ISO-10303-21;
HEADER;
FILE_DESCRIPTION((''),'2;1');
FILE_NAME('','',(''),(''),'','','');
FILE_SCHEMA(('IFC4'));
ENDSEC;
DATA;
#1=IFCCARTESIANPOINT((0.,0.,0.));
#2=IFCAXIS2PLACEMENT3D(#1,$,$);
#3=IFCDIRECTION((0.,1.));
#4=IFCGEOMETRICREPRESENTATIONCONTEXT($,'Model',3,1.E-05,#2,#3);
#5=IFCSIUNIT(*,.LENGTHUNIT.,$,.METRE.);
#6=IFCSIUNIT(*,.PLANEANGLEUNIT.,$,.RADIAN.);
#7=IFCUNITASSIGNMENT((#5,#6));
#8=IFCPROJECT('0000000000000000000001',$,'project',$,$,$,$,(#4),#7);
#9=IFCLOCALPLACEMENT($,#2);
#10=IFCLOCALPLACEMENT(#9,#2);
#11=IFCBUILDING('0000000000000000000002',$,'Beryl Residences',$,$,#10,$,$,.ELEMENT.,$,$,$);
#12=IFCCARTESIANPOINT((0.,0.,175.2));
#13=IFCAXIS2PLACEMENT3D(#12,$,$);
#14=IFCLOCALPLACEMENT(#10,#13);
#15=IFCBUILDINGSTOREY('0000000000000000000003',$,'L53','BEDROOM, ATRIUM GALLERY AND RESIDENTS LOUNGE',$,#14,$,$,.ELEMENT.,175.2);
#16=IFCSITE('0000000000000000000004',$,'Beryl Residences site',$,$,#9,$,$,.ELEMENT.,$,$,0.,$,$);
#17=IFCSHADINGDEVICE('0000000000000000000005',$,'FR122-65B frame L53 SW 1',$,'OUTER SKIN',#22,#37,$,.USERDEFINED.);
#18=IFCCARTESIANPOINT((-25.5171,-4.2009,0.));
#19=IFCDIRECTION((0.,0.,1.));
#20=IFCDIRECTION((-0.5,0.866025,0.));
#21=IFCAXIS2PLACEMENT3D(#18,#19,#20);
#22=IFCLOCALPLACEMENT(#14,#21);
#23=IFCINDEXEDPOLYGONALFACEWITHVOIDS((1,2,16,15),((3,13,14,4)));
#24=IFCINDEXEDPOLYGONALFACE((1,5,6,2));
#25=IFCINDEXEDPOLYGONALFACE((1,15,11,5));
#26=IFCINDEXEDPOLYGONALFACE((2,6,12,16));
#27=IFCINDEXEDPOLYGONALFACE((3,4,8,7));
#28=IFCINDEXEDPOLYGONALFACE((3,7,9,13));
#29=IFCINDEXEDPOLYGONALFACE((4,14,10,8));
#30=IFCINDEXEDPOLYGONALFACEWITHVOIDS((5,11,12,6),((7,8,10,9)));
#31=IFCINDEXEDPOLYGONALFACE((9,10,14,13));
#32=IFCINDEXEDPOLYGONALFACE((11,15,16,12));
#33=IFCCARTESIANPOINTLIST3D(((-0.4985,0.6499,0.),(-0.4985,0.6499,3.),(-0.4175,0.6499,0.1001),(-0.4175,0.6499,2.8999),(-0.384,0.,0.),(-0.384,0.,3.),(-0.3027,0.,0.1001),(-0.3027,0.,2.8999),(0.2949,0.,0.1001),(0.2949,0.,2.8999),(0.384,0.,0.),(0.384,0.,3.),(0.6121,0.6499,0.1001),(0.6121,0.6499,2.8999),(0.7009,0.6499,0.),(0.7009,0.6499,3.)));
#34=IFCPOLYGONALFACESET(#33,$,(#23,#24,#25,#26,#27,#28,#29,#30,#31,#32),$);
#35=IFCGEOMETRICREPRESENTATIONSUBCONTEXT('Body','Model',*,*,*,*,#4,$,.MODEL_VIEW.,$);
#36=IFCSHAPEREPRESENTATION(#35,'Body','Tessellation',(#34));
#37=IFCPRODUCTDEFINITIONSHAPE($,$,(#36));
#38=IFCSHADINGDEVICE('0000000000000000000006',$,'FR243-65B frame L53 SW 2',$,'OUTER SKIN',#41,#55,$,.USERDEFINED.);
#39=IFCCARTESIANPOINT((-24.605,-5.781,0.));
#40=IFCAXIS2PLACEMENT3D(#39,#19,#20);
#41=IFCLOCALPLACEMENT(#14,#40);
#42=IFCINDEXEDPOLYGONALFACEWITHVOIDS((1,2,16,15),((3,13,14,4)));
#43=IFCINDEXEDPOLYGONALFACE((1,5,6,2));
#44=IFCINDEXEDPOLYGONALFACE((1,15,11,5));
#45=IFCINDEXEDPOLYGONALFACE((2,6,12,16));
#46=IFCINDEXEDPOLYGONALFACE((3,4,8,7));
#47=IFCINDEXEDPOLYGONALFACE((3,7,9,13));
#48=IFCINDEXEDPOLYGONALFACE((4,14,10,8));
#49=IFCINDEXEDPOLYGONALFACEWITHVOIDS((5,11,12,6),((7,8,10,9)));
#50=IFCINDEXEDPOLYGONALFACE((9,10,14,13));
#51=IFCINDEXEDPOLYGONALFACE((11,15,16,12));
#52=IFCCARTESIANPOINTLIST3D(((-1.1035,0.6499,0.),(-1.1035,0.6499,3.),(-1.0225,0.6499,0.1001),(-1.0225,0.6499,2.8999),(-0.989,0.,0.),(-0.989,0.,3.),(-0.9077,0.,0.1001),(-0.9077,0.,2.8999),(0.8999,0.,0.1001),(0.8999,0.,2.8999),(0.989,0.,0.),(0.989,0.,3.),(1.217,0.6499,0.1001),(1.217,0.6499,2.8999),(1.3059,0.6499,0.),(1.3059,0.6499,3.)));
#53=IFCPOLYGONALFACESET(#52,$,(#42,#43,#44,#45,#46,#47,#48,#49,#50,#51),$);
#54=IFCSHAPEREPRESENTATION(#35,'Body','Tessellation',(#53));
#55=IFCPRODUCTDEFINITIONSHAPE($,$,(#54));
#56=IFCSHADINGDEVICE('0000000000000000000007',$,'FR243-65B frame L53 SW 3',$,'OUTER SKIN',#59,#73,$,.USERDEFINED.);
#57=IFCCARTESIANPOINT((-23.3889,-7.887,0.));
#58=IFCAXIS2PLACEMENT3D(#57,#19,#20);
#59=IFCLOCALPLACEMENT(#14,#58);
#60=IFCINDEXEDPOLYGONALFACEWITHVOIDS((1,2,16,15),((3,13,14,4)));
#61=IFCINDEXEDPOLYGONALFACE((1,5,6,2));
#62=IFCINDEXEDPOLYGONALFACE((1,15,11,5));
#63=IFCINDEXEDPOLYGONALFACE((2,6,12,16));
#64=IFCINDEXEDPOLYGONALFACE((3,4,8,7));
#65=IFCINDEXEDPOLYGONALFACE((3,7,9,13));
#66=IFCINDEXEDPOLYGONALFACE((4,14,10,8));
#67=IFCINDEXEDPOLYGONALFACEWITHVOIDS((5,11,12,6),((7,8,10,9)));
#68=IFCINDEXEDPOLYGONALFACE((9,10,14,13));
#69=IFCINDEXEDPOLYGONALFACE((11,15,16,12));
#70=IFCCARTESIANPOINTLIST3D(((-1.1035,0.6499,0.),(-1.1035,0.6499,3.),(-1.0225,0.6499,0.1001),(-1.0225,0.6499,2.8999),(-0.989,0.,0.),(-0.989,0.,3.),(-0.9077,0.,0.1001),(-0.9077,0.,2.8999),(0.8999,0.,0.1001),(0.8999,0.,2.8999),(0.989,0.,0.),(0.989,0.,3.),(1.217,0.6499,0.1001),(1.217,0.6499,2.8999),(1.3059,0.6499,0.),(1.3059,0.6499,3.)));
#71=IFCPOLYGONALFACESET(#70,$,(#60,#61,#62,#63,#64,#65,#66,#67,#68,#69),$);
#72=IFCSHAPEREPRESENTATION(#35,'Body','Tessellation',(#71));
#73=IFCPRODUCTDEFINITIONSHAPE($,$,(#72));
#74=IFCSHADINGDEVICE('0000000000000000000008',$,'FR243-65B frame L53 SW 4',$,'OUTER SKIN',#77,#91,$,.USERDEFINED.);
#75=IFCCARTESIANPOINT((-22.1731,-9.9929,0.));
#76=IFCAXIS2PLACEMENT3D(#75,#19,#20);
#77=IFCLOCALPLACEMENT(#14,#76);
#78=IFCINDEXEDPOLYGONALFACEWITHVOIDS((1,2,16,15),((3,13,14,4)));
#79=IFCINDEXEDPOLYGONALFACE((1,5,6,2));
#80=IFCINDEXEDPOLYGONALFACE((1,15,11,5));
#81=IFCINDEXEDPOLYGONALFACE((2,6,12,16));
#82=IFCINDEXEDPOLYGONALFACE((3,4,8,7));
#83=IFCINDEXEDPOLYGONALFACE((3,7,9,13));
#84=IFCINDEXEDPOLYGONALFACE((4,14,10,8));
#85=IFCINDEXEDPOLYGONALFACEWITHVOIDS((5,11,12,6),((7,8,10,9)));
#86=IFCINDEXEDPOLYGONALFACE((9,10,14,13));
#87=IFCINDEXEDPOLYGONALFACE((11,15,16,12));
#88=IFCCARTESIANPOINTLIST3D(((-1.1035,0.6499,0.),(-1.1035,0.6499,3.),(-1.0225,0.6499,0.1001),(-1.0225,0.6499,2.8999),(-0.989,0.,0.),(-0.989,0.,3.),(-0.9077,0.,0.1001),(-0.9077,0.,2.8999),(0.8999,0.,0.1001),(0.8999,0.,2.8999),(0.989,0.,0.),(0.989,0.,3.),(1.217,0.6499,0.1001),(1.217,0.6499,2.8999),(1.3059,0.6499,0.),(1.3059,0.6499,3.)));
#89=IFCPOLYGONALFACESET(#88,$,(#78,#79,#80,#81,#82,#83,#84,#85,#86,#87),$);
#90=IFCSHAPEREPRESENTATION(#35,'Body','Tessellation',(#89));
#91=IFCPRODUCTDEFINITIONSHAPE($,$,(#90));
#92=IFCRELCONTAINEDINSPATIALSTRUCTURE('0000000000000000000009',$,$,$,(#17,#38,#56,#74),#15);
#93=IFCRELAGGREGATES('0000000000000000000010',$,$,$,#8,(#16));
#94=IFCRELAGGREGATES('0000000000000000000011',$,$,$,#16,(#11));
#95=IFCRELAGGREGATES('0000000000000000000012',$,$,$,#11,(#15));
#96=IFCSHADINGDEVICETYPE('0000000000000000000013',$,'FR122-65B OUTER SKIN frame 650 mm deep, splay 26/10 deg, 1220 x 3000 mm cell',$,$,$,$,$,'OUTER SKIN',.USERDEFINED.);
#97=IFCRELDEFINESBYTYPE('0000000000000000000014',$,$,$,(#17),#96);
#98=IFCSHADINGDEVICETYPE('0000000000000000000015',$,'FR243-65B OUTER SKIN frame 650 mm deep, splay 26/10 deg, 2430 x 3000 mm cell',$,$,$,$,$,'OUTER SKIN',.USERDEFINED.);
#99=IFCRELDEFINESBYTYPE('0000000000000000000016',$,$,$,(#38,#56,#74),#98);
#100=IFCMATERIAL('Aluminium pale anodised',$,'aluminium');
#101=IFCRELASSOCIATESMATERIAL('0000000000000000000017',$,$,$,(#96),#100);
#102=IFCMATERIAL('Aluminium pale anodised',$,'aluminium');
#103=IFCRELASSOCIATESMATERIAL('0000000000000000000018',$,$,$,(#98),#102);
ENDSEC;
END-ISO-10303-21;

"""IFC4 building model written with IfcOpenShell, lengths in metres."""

from ifc_helpers import new_model, entity, si_unit, direction, frame, origin, place, context, subcontext, project, spatial, source, transform, mapped, material, type_object, type_shapes, element, save


model = new_model("IFC4")

# Units and contexts
model_context = context("Model", 3, precision=1e-05, world=origin(), true_north=direction((0.0, 1.0)))
body_context = subcontext(model_context, "Body", "Model", "MODEL_VIEW")
ifc_project = project(units=[si_unit("LENGTHUNIT", "METRE"), si_unit("PLANEANGLEUNIT", "RADIAN")], contexts=[model_context])

# Site, building, storey
site_placement = place(None, origin())
site = spatial("IfcSite", under=ifc_project, at=site_placement, Name="Beryl Residences site", CompositionType="ELEMENT", RefElevation=0.0)
building_placement = place(site_placement, origin())
building = spatial("IfcBuilding", under=site, at=building_placement, Name="Beryl Residences", CompositionType="ELEMENT")
storey_placement = place(building_placement, frame((0.0, 0.0, 175.2)))
storey = spatial("IfcBuildingStorey", under=building, at=storey_placement, Name="L53", Description="BEDROOM, ATRIUM GALLERY AND RESIDENTS LOUNGE", CompositionType="ELEMENT", Elevation=175.2)

# Shading devices
ifc_material_1 = material(Name="Aluminium pale anodised", Category="aluminium")
shading_device_type_1 = type_object("IfcShadingDeviceType", Name="FR122-65B OUTER SKIN frame 650 mm deep, splay 26/10 deg, 1220 x 3000 mm cell", ElementType="OUTER SKIN", PredefinedType="USERDEFINED", material=ifc_material_1)
cartesian_point_1 = entity("IfcCartesianPoint", [-0.384, 0.0])
cartesian_point_2 = entity("IfcCartesianPoint", [-0.2949, 0.1001])
cartesian_point_3 = entity("IfcCartesianPoint", [-0.7009, 0.0])
cartesian_point_4 = entity("IfcCartesianPoint", [-0.6121, 0.1001])
shared_shape_1 = source(origin(), body_context, "Body", "SweptSolid", [
    entity("IfcExtrudedAreaSolidTapered", entity("IfcArbitraryProfileDefWithVoids", "AREA", None, entity("IfcPolyline", [cartesian_point_1, entity("IfcCartesianPoint", [0.384, 0.0]), entity("IfcCartesianPoint", [0.384, 3.0]), entity("IfcCartesianPoint", [-0.384, 3.0]), cartesian_point_1]), [entity("IfcPolyline", [cartesian_point_2, entity("IfcCartesianPoint", [0.3027, 0.1001]), entity("IfcCartesianPoint", [0.3027, 2.8999]), entity("IfcCartesianPoint", [-0.2949, 2.8999]), cartesian_point_2])]), entity("IfcAxis2Placement3D", entity("IfcCartesianPoint", [0.0, 0.0, 0.0]), entity("IfcDirection", [0.0, 1.0, 0.0]), entity("IfcDirection", [-1.0, 0.0, 0.0])), entity("IfcDirection", [0.0, 0.0, 1.0]), 0.6499, entity("IfcArbitraryProfileDefWithVoids", "AREA", None, entity("IfcPolyline", [cartesian_point_3, entity("IfcCartesianPoint", [0.4985, 0.0]), entity("IfcCartesianPoint", [0.4985, 3.0]), entity("IfcCartesianPoint", [-0.7009, 3.0]), cartesian_point_3]), [entity("IfcPolyline", [cartesian_point_4, entity("IfcCartesianPoint", [0.4175, 0.1001]), entity("IfcCartesianPoint", [0.4175, 2.8999]), entity("IfcCartesianPoint", [-0.6121, 2.8999]), cartesian_point_4])])),
])
type_shapes(shading_device_type_1, [shared_shape_1])
shading_device_placement = place(storey_placement, frame((-25.5171, -4.2009, 0.0), z_axis=(0.0, 0.0, 1.0), x_axis=(-0.5, 0.866025, 0.0)))
element("IfcShadingDevice", 1, at=shading_device_placement, inside=storey, type_object=shading_device_type_1, Name="FR122-65B frame L53 SW 1", ObjectType="OUTER SKIN", PredefinedType="USERDEFINED", context=body_context, shape_type="MappedRepresentation", body=[
    mapped(shared_shape_1, transform((0.0, 0.0, 0.0))),
])
ifc_material_2 = material(Name="Aluminium pale anodised", Category="aluminium")
shading_device_type_2 = type_object("IfcShadingDeviceType", Name="FR243-65B OUTER SKIN frame 650 mm deep, splay 26/10 deg, 2430 x 3000 mm cell", ElementType="OUTER SKIN", PredefinedType="USERDEFINED", material=ifc_material_2)
cartesian_point_5 = entity("IfcCartesianPoint", [-0.989, 0.0])
cartesian_point_6 = entity("IfcCartesianPoint", [-0.8999, 0.1001])
cartesian_point_7 = entity("IfcCartesianPoint", [-1.3059, 0.0])
cartesian_point_8 = entity("IfcCartesianPoint", [-1.217, 0.1001])
shared_shape_2 = source(origin(), body_context, "Body", "SweptSolid", [
    entity("IfcExtrudedAreaSolidTapered", entity("IfcArbitraryProfileDefWithVoids", "AREA", None, entity("IfcPolyline", [cartesian_point_5, entity("IfcCartesianPoint", [0.989, 0.0]), entity("IfcCartesianPoint", [0.989, 3.0]), entity("IfcCartesianPoint", [-0.989, 3.0]), cartesian_point_5]), [entity("IfcPolyline", [cartesian_point_6, entity("IfcCartesianPoint", [0.9077, 0.1001]), entity("IfcCartesianPoint", [0.9077, 2.8999]), entity("IfcCartesianPoint", [-0.8999, 2.8999]), cartesian_point_6])]), entity("IfcAxis2Placement3D", entity("IfcCartesianPoint", [0.0, 0.0, 0.0]), entity("IfcDirection", [0.0, 1.0, 0.0]), entity("IfcDirection", [-1.0, 0.0, 0.0])), entity("IfcDirection", [0.0, 0.0, 1.0]), 0.6499, entity("IfcArbitraryProfileDefWithVoids", "AREA", None, entity("IfcPolyline", [cartesian_point_7, entity("IfcCartesianPoint", [1.1035, 0.0]), entity("IfcCartesianPoint", [1.1035, 3.0]), entity("IfcCartesianPoint", [-1.3059, 3.0]), cartesian_point_7]), [entity("IfcPolyline", [cartesian_point_8, entity("IfcCartesianPoint", [1.0225, 0.1001]), entity("IfcCartesianPoint", [1.0225, 2.8999]), entity("IfcCartesianPoint", [-1.217, 2.8999]), cartesian_point_8])])),
])
type_shapes(shading_device_type_2, [shared_shape_2])
for number, where, z_axis, x_axis, name in (
    (2, (-24.605, -5.781, 0.0), (0.0, 0.0, 1.0), (-0.5, 0.866025, 0.0), "FR243-65B frame L53 SW 2"),
    (3, (-23.3889, -7.887, 0.0), (0.0, 0.0, 1.0), (-0.5, 0.866025, 0.0), "FR243-65B frame L53 SW 3"),
    (4, (-22.1731, -9.9929, 0.0), (0.0, 0.0, 1.0), (-0.5, 0.866025, 0.0), "FR243-65B frame L53 SW 4"),
):
    element("IfcShadingDevice", number, at=place(storey_placement, frame(where, z_axis=z_axis, x_axis=x_axis)), inside=storey, type_object=shading_device_type_2, Name=name, ObjectType="OUTER SKIN", PredefinedType="USERDEFINED", context=body_context, shape_type="MappedRepresentation", body=[
        mapped(shared_shape_2, transform((0.0, 0.0, 0.0))),
    ])

save(model, "model.ifc")
